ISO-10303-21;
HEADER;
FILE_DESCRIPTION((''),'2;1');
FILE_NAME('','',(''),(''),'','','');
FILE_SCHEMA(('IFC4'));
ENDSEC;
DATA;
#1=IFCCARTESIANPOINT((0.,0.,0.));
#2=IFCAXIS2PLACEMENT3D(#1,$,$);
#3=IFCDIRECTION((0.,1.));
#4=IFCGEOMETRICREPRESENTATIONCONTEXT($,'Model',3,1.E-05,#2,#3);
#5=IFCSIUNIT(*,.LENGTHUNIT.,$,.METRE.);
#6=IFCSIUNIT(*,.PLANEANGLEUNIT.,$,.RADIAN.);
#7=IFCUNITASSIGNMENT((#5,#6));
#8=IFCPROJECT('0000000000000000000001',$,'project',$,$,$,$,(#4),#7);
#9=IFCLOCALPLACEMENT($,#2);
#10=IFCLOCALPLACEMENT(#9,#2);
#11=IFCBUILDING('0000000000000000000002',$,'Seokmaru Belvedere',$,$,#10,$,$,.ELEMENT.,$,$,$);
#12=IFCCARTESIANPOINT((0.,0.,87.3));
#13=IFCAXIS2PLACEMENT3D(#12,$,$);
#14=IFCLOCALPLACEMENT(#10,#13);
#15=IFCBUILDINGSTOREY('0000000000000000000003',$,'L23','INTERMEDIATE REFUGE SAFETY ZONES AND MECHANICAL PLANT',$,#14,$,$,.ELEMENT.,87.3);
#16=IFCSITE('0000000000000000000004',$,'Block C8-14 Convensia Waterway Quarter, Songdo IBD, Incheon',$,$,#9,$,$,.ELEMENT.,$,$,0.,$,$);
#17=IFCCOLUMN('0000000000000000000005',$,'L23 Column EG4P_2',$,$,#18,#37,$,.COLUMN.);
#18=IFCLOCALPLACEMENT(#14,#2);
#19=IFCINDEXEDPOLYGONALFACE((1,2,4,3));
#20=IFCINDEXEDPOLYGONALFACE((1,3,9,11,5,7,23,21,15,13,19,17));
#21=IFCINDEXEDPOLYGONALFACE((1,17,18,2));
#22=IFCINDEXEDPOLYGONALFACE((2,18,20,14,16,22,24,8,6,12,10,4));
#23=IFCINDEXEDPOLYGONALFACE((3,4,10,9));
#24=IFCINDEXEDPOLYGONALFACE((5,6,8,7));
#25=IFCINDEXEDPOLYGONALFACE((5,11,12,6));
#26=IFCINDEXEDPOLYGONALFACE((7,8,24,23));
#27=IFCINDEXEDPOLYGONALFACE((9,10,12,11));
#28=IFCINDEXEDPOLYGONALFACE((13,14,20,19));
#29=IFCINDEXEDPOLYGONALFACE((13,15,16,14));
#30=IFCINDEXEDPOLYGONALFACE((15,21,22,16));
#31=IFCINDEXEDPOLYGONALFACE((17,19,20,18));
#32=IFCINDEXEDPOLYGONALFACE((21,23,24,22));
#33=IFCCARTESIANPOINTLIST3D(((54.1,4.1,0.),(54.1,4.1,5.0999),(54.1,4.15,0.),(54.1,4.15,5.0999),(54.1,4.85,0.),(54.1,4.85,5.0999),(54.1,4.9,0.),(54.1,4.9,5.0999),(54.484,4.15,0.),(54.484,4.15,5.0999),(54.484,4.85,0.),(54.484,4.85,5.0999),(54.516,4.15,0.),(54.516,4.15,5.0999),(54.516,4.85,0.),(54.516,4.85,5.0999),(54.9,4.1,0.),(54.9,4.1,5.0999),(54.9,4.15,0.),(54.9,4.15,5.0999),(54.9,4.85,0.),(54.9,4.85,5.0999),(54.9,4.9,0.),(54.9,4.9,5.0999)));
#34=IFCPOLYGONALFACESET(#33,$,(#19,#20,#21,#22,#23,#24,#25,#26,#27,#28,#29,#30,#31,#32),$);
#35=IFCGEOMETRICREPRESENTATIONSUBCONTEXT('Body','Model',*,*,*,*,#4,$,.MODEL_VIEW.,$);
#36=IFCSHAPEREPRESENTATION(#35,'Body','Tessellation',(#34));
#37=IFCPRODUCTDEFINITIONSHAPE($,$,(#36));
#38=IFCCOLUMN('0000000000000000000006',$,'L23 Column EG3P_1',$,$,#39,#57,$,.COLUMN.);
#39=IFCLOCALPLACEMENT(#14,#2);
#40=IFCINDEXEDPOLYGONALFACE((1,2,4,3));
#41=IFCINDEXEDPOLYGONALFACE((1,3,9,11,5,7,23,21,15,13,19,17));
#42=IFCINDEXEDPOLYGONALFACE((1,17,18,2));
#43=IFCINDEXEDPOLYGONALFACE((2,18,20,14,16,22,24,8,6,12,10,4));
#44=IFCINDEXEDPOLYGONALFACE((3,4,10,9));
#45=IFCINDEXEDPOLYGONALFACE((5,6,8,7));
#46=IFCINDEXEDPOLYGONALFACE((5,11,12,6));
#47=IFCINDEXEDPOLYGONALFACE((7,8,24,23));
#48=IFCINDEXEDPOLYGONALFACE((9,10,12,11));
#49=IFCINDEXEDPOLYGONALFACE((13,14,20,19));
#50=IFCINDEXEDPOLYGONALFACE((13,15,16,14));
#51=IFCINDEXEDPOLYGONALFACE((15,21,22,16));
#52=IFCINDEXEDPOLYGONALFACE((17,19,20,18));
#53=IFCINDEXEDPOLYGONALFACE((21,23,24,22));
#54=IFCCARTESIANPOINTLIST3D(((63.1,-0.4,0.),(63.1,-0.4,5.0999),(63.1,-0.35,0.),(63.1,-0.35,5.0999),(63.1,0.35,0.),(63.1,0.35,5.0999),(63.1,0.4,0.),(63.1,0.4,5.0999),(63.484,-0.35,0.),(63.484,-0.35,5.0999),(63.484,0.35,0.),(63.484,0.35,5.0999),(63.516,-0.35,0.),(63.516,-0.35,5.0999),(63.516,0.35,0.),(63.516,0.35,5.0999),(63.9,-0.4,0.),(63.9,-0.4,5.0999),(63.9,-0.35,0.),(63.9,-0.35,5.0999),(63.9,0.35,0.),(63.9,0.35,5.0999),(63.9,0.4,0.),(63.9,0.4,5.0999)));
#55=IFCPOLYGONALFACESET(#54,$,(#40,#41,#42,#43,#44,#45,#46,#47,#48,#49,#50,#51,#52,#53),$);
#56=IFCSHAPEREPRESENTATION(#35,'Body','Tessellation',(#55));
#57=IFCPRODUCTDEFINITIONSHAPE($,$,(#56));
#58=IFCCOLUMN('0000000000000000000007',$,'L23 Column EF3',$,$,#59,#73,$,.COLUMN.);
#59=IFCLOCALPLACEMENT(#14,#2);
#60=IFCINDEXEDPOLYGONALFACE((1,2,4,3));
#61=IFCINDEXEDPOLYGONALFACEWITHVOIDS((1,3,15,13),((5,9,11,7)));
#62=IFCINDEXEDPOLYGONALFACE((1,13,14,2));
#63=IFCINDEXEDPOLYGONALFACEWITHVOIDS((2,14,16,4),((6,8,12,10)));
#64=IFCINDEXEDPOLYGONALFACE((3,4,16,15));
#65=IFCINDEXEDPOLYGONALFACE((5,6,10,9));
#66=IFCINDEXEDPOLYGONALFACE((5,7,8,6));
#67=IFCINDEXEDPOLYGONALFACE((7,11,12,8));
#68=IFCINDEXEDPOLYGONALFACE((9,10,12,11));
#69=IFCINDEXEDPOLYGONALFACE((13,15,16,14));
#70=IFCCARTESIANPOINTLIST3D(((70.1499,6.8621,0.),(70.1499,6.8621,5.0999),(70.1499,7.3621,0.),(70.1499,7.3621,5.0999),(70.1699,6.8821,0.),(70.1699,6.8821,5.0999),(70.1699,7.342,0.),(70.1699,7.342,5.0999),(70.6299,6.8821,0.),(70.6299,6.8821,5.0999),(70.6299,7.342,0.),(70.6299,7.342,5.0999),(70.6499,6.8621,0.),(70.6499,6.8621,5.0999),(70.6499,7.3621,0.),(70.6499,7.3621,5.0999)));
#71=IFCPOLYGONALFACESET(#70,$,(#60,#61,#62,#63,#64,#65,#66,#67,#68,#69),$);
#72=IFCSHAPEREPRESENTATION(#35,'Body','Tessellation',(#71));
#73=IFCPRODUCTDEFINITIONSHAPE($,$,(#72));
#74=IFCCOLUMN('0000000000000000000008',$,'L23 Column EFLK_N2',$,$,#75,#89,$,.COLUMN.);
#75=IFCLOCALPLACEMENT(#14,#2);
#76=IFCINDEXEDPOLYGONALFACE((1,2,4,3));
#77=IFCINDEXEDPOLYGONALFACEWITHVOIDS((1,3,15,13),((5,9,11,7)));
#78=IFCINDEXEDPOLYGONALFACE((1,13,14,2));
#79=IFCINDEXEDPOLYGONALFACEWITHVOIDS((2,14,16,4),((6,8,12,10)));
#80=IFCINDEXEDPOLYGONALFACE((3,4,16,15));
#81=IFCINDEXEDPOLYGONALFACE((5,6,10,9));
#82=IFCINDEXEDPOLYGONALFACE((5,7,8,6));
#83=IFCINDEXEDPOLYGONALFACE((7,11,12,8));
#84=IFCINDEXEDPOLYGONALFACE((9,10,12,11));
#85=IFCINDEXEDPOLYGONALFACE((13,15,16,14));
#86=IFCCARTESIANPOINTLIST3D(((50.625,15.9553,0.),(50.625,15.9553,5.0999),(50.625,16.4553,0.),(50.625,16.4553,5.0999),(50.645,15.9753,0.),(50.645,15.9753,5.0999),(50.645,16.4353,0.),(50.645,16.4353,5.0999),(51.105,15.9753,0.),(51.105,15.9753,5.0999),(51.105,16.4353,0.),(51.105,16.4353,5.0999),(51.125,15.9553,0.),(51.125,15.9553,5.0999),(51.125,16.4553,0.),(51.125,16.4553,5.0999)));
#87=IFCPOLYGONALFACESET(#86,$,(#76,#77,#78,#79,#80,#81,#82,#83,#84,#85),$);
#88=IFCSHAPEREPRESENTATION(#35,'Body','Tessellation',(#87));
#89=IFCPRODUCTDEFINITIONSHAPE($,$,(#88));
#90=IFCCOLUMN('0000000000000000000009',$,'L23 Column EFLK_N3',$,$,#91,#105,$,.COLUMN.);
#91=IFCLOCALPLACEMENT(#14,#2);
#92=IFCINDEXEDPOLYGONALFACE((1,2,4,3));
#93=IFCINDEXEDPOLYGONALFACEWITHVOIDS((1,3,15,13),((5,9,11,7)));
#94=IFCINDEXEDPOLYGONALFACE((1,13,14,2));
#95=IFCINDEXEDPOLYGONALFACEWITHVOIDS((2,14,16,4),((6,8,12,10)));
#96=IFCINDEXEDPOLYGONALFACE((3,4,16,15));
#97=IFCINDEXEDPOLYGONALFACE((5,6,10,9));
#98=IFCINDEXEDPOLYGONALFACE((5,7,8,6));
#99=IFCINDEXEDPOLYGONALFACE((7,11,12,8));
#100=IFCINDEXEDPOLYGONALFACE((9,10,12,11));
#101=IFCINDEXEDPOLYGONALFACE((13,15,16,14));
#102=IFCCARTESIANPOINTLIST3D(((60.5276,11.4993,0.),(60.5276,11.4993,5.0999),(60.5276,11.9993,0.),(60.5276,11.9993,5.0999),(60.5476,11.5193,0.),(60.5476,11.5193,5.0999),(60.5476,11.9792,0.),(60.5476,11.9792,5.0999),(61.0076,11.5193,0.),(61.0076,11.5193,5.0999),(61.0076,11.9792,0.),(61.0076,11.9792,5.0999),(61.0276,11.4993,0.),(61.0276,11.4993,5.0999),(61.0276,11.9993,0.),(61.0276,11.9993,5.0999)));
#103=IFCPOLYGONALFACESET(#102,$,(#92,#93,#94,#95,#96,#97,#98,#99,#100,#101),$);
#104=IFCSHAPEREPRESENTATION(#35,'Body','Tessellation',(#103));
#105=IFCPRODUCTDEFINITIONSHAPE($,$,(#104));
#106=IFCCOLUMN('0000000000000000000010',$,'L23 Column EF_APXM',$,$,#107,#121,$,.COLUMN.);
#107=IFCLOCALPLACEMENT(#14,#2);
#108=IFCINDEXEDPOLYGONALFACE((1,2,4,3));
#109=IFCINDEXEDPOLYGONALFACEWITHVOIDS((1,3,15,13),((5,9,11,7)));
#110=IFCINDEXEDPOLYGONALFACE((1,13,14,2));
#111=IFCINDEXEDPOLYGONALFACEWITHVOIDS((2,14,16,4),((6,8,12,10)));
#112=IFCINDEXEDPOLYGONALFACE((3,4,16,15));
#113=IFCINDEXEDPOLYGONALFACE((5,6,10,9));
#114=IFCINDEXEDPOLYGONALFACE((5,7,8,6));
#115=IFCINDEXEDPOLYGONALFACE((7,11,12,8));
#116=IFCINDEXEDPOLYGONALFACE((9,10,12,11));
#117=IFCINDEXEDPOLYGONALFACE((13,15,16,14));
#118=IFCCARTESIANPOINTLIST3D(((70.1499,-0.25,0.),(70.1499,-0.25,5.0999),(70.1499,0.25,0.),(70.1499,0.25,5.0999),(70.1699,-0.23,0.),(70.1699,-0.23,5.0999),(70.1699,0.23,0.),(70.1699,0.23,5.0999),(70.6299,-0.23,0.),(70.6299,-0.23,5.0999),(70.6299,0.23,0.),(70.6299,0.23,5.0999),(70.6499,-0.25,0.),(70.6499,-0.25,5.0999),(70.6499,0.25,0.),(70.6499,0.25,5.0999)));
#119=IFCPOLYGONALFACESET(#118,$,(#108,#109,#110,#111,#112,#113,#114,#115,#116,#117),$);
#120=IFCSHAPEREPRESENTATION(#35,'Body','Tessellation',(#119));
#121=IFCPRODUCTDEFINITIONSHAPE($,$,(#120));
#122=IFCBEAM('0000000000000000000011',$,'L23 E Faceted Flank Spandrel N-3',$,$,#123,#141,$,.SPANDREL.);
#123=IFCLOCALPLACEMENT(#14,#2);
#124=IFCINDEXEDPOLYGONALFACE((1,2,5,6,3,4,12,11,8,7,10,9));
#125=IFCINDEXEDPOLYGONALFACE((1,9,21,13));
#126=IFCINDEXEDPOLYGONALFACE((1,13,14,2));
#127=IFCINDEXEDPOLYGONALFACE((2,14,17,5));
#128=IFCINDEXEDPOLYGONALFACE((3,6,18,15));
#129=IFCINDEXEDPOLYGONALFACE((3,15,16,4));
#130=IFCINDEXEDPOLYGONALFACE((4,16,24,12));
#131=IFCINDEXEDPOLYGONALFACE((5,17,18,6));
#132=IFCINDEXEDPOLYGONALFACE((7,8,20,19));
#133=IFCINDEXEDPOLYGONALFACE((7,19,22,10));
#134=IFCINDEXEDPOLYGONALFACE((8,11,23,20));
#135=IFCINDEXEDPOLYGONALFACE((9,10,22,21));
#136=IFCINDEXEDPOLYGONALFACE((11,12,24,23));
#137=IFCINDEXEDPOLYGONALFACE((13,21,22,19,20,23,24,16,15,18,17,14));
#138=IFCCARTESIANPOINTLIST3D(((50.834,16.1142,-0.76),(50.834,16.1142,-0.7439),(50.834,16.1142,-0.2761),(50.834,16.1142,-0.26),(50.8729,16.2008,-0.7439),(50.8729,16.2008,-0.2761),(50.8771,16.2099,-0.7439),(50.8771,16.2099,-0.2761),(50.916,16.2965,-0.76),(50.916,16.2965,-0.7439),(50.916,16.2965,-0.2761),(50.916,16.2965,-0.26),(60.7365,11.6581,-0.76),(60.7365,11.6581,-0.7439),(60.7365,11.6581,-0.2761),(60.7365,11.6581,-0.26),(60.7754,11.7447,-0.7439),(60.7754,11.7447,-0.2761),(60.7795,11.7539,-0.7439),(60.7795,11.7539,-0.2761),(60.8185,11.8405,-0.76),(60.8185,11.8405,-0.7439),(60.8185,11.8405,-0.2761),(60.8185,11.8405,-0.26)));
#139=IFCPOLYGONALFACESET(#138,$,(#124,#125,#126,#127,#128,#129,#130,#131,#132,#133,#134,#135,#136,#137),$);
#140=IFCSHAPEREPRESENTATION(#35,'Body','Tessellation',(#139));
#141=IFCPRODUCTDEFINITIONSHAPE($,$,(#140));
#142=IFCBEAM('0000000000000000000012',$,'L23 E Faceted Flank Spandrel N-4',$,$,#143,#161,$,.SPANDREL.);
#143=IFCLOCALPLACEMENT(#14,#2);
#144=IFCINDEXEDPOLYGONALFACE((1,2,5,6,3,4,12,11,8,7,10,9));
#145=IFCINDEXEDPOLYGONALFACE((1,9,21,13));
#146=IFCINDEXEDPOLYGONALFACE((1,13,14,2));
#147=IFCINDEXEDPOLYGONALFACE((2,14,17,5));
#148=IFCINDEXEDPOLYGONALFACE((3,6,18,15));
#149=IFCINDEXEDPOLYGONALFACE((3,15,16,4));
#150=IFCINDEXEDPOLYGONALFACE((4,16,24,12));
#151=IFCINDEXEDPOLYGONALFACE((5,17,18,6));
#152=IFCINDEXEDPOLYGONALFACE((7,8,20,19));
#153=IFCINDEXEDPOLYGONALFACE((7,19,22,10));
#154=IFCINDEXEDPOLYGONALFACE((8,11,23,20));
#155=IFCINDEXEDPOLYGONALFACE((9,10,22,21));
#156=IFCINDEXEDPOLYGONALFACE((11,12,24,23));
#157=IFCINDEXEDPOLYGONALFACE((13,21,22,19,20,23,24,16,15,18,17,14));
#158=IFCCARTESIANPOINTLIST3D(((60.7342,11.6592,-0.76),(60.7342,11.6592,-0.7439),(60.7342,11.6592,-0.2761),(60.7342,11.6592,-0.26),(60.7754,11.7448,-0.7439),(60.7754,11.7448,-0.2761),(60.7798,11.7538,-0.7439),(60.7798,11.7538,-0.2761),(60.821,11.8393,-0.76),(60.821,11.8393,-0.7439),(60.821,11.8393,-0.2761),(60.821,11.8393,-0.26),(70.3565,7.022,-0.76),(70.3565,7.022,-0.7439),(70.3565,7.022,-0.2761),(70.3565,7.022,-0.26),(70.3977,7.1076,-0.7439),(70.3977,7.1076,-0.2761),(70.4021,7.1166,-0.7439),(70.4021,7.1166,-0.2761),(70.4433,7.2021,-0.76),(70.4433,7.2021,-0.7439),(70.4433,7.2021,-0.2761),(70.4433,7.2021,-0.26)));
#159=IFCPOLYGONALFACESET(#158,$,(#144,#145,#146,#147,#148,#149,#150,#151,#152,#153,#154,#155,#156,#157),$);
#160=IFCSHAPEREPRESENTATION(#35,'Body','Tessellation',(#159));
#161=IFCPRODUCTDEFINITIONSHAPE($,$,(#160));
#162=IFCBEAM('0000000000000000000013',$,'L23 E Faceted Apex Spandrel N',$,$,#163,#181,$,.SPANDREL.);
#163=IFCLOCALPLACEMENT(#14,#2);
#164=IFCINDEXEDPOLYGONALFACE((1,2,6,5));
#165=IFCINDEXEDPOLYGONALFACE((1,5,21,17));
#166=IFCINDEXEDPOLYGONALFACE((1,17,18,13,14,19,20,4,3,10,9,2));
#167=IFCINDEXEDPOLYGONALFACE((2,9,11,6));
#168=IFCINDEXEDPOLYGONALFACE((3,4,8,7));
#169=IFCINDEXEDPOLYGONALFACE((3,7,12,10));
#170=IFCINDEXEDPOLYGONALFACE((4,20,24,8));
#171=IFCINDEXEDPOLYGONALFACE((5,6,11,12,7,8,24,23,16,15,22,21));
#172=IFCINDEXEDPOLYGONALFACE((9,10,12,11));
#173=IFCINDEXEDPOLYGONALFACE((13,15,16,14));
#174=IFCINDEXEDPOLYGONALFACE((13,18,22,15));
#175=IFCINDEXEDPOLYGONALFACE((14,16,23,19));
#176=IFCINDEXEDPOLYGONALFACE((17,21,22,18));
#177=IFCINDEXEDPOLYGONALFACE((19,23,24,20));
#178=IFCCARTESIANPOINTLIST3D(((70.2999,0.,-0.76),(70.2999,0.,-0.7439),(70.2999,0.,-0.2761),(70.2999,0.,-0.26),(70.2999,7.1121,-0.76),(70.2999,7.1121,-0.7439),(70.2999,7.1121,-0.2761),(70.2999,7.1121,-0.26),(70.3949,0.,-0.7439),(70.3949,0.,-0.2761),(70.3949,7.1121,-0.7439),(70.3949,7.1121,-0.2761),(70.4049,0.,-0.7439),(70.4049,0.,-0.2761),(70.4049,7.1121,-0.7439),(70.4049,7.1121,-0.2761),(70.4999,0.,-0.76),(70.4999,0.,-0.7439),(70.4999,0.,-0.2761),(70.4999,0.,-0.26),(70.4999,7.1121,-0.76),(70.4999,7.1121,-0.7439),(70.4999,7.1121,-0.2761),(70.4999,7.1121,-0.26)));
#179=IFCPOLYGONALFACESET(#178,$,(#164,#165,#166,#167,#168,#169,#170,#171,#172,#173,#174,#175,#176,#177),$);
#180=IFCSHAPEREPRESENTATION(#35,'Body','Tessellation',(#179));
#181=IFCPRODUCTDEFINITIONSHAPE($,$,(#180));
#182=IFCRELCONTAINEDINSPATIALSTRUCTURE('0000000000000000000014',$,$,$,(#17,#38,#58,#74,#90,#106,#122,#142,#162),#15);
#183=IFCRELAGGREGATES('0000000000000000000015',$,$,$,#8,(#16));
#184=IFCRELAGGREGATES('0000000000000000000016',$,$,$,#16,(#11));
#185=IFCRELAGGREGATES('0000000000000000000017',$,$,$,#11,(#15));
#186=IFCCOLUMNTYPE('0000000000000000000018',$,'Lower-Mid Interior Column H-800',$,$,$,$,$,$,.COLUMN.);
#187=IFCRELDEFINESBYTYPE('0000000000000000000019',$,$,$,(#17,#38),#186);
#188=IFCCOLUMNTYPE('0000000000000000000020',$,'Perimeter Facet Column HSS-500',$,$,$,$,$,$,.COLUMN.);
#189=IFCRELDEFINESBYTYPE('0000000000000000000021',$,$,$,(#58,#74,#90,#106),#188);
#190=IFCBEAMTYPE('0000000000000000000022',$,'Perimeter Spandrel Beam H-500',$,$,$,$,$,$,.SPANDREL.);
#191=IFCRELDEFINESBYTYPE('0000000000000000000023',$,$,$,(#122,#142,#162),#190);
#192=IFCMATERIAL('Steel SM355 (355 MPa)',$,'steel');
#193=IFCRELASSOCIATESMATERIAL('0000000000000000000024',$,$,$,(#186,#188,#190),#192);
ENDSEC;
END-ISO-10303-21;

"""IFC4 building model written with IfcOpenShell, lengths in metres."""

from ifc_helpers import new_model, si_unit, direction, frame, origin, origin_2d, place, context, subcontext, project, spatial, hollow_rectangle, i_section, extrude, source, transform, mapped, material, material_profile, profile_set, type_object, type_shapes, element, save


model = new_model("IFC4")

# Units and contexts
model_context = context("Model", 3, precision=1e-05, world=origin(), true_north=direction((0.0, 1.0)))
body_context = subcontext(model_context, "Body", "Model", "MODEL_VIEW")
ifc_project = project(units=[si_unit("LENGTHUNIT", "METRE"), si_unit("PLANEANGLEUNIT", "RADIAN")], contexts=[model_context])

# Site, building, storey
site_placement = place(None, origin())
site = spatial("IfcSite", under=ifc_project, at=site_placement, Name="Block C8-14 Convensia Waterway Quarter, Songdo IBD, Incheon", CompositionType="ELEMENT", RefElevation=0.0)
building_placement = place(site_placement, origin())
building = spatial("IfcBuilding", under=site, at=building_placement, Name="Seokmaru Belvedere", CompositionType="ELEMENT")
storey_placement = place(building_placement, frame((0.0, 0.0, 87.3)))
storey = spatial("IfcBuildingStorey", under=building, at=storey_placement, Name="L23", Description="INTERMEDIATE REFUGE SAFETY ZONES AND MECHANICAL PLANT", CompositionType="ELEMENT", Elevation=87.3)

# Columns
ifc_material_1 = material(Name="Steel SM355 (355 MPa)", Category="steel")
ifc_material_profile_1 = material_profile(ifc_material_1, i_section(OverallWidth=0.8, OverallDepth=0.8, WebThickness=0.032, FlangeThickness=0.05, at=origin_2d()), Name="H-800x800x32x50")
ifc_profile_set_1 = profile_set([ifc_material_profile_1], Name="Steel SM355 (355 MPa)")
column_type_1 = type_object("IfcColumnType", Name="Lower-Mid Interior Column H-800", PredefinedType="COLUMN", material=ifc_profile_set_1)
shared_shape_1 = source(origin(), body_context, "Body", "SweptSolid", [
    extrude(i_section(OverallWidth=0.8, OverallDepth=0.8, WebThickness=0.032, FlangeThickness=0.05, at=origin_2d()), origin(), (0.0, 0.0, 1.0), 5.0999),
])
type_shapes(column_type_1, [shared_shape_1])
for number, where, z_axis, x_axis, name in (
    (1, (54.5, 4.5, 0.0), (0.0, 0.0, 1.0), (1.0, 0.0, 0.0), "L23 Column EG4P_2"),
    (2, (63.5, 0.0, 0.0), (0.0, 0.0, 1.0), (1.0, 0.0, 0.0), "L23 Column EG3P_1"),
):
    element("IfcColumn", number, at=place(storey_placement, frame(where, z_axis=z_axis, x_axis=x_axis)), inside=storey, type_object=column_type_1, Name=name, PredefinedType="COLUMN", context=body_context, shape_type="MappedRepresentation", body=[
        mapped(shared_shape_1, transform((0.0, 0.0, 0.0), scale=1.0)),
    ])
ifc_material_profile_2 = material_profile(ifc_material_1, hollow_rectangle(XDim=0.5, YDim=0.5, WallThickness=0.02, at=origin_2d()), Name="HSS-500x500x20")
ifc_profile_set_2 = profile_set([ifc_material_profile_2], Name="Steel SM355 (355 MPa)")
column_type_2 = type_object("IfcColumnType", Name="Perimeter Facet Column HSS-500", PredefinedType="COLUMN", material=ifc_profile_set_2)
shared_shape_2 = source(origin(), body_context, "Body", "SweptSolid", [
    extrude(hollow_rectangle(XDim=0.5, YDim=0.5, WallThickness=0.02, at=origin_2d()), origin(), (0.0, 0.0, 1.0), 5.0999),
])
type_shapes(column_type_2, [shared_shape_2])
for number, where, z_axis, x_axis, name in (
    (3, (70.3999, 7.1121, 0.0), (0.0, 0.0, 1.0), (1.0, 0.0, 0.0), "L23 Column EF3"),
    (4, (50.875, 16.2053, 0.0), (0.0, 0.0, 1.0), (1.0, 0.0, 0.0), "L23 Column EFLK_N2"),
    (5, (60.7776, 11.7493, 0.0), (0.0, 0.0, 1.0), (1.0, 0.0, 0.0), "L23 Column EFLK_N3"),
    (6, (70.3999, 0.0, 0.0), (0.0, 0.0, 1.0), (1.0, 0.0, 0.0), "L23 Column EF_APXM"),
):
    element("IfcColumn", number, at=place(storey_placement, frame(where, z_axis=z_axis, x_axis=x_axis)), inside=storey, type_object=column_type_2, Name=name, PredefinedType="COLUMN", context=body_context, shape_type="MappedRepresentation", body=[
        mapped(shared_shape_2, transform((0.0, 0.0, 0.0), scale=1.0)),
    ])

# Beams
ifc_material_profile_3 = material_profile(ifc_material_1, i_section(OverallWidth=0.2, OverallDepth=0.5, WebThickness=0.01, FlangeThickness=0.0161, at=origin_2d()), Name="H-500x200x10x16")
ifc_profile_set_3 = profile_set([ifc_material_profile_3], Name="Steel SM355 (355 MPa)")
beam_type_1 = type_object("IfcBeamType", Name="Perimeter Spandrel Beam H-500", PredefinedType="SPANDREL", material=ifc_profile_set_3)
shared_shape_3 = source(origin(), body_context, "Body", "SweptSolid", [
    extrude(i_section(OverallWidth=0.2, OverallDepth=0.5, WebThickness=0.01, FlangeThickness=0.0161, at=origin_2d()), origin(), (0.0, 0.0, 1.0), 10.8589),
])
beam_1_placement = place(storey_placement, frame((50.875, 16.2053, -0.51), z_axis=(0.911925, -0.410356, 0.0), x_axis=(0.410356, 0.911925, 0.0)))
element("IfcBeam", 7, at=beam_1_placement, inside=storey, type_object=beam_type_1, Name="L23 E Faceted Flank Spandrel N-3", PredefinedType="SPANDREL", context=body_context, shape_type="MappedRepresentation", body=[
    mapped(shared_shape_3, transform((0.0, 0.0, 0.0), scale=1.0)),
])
shared_shape_4 = source(origin(), body_context, "Body", "SweptSolid", [
    extrude(i_section(OverallWidth=0.2, OverallDepth=0.5, WebThickness=0.01, FlangeThickness=0.0161, at=origin_2d()), origin(), (0.0, 0.0, 1.0), 10.6814),
])
beam_2_placement = place(storey_placement, frame((60.7776, 11.7493, -0.51), z_axis=(0.900846, -0.434138, 0.0), x_axis=(0.434138, 0.900846, 0.0)))
element("IfcBeam", 8, at=beam_2_placement, inside=storey, type_object=beam_type_1, Name="L23 E Faceted Flank Spandrel N-4", PredefinedType="SPANDREL", context=body_context, shape_type="MappedRepresentation", body=[
    mapped(shared_shape_4, transform((0.0, 0.0, 0.0), scale=1.0)),
])
shared_shape_5 = source(origin(), body_context, "Body", "SweptSolid", [
    extrude(i_section(OverallWidth=0.2, OverallDepth=0.5, WebThickness=0.01, FlangeThickness=0.0161, at=origin_2d()), origin(), (0.0, 0.0, 1.0), 7.1121),
])
type_shapes(beam_type_1, [shared_shape_3, shared_shape_4, shared_shape_5])
beam_3_placement = place(storey_placement, frame((70.3999, 0.0, -0.51), z_axis=(0.0, 1.0, 0.0), x_axis=(-1.0, 0.0, 0.0)))
element("IfcBeam", 9, at=beam_3_placement, inside=storey, type_object=beam_type_1, Name="L23 E Faceted Apex Spandrel N", PredefinedType="SPANDREL", context=body_context, shape_type="MappedRepresentation", body=[
    mapped(shared_shape_5, transform((0.0, 0.0, 0.0), scale=1.0)),
])

save(model, "model.ifc")
